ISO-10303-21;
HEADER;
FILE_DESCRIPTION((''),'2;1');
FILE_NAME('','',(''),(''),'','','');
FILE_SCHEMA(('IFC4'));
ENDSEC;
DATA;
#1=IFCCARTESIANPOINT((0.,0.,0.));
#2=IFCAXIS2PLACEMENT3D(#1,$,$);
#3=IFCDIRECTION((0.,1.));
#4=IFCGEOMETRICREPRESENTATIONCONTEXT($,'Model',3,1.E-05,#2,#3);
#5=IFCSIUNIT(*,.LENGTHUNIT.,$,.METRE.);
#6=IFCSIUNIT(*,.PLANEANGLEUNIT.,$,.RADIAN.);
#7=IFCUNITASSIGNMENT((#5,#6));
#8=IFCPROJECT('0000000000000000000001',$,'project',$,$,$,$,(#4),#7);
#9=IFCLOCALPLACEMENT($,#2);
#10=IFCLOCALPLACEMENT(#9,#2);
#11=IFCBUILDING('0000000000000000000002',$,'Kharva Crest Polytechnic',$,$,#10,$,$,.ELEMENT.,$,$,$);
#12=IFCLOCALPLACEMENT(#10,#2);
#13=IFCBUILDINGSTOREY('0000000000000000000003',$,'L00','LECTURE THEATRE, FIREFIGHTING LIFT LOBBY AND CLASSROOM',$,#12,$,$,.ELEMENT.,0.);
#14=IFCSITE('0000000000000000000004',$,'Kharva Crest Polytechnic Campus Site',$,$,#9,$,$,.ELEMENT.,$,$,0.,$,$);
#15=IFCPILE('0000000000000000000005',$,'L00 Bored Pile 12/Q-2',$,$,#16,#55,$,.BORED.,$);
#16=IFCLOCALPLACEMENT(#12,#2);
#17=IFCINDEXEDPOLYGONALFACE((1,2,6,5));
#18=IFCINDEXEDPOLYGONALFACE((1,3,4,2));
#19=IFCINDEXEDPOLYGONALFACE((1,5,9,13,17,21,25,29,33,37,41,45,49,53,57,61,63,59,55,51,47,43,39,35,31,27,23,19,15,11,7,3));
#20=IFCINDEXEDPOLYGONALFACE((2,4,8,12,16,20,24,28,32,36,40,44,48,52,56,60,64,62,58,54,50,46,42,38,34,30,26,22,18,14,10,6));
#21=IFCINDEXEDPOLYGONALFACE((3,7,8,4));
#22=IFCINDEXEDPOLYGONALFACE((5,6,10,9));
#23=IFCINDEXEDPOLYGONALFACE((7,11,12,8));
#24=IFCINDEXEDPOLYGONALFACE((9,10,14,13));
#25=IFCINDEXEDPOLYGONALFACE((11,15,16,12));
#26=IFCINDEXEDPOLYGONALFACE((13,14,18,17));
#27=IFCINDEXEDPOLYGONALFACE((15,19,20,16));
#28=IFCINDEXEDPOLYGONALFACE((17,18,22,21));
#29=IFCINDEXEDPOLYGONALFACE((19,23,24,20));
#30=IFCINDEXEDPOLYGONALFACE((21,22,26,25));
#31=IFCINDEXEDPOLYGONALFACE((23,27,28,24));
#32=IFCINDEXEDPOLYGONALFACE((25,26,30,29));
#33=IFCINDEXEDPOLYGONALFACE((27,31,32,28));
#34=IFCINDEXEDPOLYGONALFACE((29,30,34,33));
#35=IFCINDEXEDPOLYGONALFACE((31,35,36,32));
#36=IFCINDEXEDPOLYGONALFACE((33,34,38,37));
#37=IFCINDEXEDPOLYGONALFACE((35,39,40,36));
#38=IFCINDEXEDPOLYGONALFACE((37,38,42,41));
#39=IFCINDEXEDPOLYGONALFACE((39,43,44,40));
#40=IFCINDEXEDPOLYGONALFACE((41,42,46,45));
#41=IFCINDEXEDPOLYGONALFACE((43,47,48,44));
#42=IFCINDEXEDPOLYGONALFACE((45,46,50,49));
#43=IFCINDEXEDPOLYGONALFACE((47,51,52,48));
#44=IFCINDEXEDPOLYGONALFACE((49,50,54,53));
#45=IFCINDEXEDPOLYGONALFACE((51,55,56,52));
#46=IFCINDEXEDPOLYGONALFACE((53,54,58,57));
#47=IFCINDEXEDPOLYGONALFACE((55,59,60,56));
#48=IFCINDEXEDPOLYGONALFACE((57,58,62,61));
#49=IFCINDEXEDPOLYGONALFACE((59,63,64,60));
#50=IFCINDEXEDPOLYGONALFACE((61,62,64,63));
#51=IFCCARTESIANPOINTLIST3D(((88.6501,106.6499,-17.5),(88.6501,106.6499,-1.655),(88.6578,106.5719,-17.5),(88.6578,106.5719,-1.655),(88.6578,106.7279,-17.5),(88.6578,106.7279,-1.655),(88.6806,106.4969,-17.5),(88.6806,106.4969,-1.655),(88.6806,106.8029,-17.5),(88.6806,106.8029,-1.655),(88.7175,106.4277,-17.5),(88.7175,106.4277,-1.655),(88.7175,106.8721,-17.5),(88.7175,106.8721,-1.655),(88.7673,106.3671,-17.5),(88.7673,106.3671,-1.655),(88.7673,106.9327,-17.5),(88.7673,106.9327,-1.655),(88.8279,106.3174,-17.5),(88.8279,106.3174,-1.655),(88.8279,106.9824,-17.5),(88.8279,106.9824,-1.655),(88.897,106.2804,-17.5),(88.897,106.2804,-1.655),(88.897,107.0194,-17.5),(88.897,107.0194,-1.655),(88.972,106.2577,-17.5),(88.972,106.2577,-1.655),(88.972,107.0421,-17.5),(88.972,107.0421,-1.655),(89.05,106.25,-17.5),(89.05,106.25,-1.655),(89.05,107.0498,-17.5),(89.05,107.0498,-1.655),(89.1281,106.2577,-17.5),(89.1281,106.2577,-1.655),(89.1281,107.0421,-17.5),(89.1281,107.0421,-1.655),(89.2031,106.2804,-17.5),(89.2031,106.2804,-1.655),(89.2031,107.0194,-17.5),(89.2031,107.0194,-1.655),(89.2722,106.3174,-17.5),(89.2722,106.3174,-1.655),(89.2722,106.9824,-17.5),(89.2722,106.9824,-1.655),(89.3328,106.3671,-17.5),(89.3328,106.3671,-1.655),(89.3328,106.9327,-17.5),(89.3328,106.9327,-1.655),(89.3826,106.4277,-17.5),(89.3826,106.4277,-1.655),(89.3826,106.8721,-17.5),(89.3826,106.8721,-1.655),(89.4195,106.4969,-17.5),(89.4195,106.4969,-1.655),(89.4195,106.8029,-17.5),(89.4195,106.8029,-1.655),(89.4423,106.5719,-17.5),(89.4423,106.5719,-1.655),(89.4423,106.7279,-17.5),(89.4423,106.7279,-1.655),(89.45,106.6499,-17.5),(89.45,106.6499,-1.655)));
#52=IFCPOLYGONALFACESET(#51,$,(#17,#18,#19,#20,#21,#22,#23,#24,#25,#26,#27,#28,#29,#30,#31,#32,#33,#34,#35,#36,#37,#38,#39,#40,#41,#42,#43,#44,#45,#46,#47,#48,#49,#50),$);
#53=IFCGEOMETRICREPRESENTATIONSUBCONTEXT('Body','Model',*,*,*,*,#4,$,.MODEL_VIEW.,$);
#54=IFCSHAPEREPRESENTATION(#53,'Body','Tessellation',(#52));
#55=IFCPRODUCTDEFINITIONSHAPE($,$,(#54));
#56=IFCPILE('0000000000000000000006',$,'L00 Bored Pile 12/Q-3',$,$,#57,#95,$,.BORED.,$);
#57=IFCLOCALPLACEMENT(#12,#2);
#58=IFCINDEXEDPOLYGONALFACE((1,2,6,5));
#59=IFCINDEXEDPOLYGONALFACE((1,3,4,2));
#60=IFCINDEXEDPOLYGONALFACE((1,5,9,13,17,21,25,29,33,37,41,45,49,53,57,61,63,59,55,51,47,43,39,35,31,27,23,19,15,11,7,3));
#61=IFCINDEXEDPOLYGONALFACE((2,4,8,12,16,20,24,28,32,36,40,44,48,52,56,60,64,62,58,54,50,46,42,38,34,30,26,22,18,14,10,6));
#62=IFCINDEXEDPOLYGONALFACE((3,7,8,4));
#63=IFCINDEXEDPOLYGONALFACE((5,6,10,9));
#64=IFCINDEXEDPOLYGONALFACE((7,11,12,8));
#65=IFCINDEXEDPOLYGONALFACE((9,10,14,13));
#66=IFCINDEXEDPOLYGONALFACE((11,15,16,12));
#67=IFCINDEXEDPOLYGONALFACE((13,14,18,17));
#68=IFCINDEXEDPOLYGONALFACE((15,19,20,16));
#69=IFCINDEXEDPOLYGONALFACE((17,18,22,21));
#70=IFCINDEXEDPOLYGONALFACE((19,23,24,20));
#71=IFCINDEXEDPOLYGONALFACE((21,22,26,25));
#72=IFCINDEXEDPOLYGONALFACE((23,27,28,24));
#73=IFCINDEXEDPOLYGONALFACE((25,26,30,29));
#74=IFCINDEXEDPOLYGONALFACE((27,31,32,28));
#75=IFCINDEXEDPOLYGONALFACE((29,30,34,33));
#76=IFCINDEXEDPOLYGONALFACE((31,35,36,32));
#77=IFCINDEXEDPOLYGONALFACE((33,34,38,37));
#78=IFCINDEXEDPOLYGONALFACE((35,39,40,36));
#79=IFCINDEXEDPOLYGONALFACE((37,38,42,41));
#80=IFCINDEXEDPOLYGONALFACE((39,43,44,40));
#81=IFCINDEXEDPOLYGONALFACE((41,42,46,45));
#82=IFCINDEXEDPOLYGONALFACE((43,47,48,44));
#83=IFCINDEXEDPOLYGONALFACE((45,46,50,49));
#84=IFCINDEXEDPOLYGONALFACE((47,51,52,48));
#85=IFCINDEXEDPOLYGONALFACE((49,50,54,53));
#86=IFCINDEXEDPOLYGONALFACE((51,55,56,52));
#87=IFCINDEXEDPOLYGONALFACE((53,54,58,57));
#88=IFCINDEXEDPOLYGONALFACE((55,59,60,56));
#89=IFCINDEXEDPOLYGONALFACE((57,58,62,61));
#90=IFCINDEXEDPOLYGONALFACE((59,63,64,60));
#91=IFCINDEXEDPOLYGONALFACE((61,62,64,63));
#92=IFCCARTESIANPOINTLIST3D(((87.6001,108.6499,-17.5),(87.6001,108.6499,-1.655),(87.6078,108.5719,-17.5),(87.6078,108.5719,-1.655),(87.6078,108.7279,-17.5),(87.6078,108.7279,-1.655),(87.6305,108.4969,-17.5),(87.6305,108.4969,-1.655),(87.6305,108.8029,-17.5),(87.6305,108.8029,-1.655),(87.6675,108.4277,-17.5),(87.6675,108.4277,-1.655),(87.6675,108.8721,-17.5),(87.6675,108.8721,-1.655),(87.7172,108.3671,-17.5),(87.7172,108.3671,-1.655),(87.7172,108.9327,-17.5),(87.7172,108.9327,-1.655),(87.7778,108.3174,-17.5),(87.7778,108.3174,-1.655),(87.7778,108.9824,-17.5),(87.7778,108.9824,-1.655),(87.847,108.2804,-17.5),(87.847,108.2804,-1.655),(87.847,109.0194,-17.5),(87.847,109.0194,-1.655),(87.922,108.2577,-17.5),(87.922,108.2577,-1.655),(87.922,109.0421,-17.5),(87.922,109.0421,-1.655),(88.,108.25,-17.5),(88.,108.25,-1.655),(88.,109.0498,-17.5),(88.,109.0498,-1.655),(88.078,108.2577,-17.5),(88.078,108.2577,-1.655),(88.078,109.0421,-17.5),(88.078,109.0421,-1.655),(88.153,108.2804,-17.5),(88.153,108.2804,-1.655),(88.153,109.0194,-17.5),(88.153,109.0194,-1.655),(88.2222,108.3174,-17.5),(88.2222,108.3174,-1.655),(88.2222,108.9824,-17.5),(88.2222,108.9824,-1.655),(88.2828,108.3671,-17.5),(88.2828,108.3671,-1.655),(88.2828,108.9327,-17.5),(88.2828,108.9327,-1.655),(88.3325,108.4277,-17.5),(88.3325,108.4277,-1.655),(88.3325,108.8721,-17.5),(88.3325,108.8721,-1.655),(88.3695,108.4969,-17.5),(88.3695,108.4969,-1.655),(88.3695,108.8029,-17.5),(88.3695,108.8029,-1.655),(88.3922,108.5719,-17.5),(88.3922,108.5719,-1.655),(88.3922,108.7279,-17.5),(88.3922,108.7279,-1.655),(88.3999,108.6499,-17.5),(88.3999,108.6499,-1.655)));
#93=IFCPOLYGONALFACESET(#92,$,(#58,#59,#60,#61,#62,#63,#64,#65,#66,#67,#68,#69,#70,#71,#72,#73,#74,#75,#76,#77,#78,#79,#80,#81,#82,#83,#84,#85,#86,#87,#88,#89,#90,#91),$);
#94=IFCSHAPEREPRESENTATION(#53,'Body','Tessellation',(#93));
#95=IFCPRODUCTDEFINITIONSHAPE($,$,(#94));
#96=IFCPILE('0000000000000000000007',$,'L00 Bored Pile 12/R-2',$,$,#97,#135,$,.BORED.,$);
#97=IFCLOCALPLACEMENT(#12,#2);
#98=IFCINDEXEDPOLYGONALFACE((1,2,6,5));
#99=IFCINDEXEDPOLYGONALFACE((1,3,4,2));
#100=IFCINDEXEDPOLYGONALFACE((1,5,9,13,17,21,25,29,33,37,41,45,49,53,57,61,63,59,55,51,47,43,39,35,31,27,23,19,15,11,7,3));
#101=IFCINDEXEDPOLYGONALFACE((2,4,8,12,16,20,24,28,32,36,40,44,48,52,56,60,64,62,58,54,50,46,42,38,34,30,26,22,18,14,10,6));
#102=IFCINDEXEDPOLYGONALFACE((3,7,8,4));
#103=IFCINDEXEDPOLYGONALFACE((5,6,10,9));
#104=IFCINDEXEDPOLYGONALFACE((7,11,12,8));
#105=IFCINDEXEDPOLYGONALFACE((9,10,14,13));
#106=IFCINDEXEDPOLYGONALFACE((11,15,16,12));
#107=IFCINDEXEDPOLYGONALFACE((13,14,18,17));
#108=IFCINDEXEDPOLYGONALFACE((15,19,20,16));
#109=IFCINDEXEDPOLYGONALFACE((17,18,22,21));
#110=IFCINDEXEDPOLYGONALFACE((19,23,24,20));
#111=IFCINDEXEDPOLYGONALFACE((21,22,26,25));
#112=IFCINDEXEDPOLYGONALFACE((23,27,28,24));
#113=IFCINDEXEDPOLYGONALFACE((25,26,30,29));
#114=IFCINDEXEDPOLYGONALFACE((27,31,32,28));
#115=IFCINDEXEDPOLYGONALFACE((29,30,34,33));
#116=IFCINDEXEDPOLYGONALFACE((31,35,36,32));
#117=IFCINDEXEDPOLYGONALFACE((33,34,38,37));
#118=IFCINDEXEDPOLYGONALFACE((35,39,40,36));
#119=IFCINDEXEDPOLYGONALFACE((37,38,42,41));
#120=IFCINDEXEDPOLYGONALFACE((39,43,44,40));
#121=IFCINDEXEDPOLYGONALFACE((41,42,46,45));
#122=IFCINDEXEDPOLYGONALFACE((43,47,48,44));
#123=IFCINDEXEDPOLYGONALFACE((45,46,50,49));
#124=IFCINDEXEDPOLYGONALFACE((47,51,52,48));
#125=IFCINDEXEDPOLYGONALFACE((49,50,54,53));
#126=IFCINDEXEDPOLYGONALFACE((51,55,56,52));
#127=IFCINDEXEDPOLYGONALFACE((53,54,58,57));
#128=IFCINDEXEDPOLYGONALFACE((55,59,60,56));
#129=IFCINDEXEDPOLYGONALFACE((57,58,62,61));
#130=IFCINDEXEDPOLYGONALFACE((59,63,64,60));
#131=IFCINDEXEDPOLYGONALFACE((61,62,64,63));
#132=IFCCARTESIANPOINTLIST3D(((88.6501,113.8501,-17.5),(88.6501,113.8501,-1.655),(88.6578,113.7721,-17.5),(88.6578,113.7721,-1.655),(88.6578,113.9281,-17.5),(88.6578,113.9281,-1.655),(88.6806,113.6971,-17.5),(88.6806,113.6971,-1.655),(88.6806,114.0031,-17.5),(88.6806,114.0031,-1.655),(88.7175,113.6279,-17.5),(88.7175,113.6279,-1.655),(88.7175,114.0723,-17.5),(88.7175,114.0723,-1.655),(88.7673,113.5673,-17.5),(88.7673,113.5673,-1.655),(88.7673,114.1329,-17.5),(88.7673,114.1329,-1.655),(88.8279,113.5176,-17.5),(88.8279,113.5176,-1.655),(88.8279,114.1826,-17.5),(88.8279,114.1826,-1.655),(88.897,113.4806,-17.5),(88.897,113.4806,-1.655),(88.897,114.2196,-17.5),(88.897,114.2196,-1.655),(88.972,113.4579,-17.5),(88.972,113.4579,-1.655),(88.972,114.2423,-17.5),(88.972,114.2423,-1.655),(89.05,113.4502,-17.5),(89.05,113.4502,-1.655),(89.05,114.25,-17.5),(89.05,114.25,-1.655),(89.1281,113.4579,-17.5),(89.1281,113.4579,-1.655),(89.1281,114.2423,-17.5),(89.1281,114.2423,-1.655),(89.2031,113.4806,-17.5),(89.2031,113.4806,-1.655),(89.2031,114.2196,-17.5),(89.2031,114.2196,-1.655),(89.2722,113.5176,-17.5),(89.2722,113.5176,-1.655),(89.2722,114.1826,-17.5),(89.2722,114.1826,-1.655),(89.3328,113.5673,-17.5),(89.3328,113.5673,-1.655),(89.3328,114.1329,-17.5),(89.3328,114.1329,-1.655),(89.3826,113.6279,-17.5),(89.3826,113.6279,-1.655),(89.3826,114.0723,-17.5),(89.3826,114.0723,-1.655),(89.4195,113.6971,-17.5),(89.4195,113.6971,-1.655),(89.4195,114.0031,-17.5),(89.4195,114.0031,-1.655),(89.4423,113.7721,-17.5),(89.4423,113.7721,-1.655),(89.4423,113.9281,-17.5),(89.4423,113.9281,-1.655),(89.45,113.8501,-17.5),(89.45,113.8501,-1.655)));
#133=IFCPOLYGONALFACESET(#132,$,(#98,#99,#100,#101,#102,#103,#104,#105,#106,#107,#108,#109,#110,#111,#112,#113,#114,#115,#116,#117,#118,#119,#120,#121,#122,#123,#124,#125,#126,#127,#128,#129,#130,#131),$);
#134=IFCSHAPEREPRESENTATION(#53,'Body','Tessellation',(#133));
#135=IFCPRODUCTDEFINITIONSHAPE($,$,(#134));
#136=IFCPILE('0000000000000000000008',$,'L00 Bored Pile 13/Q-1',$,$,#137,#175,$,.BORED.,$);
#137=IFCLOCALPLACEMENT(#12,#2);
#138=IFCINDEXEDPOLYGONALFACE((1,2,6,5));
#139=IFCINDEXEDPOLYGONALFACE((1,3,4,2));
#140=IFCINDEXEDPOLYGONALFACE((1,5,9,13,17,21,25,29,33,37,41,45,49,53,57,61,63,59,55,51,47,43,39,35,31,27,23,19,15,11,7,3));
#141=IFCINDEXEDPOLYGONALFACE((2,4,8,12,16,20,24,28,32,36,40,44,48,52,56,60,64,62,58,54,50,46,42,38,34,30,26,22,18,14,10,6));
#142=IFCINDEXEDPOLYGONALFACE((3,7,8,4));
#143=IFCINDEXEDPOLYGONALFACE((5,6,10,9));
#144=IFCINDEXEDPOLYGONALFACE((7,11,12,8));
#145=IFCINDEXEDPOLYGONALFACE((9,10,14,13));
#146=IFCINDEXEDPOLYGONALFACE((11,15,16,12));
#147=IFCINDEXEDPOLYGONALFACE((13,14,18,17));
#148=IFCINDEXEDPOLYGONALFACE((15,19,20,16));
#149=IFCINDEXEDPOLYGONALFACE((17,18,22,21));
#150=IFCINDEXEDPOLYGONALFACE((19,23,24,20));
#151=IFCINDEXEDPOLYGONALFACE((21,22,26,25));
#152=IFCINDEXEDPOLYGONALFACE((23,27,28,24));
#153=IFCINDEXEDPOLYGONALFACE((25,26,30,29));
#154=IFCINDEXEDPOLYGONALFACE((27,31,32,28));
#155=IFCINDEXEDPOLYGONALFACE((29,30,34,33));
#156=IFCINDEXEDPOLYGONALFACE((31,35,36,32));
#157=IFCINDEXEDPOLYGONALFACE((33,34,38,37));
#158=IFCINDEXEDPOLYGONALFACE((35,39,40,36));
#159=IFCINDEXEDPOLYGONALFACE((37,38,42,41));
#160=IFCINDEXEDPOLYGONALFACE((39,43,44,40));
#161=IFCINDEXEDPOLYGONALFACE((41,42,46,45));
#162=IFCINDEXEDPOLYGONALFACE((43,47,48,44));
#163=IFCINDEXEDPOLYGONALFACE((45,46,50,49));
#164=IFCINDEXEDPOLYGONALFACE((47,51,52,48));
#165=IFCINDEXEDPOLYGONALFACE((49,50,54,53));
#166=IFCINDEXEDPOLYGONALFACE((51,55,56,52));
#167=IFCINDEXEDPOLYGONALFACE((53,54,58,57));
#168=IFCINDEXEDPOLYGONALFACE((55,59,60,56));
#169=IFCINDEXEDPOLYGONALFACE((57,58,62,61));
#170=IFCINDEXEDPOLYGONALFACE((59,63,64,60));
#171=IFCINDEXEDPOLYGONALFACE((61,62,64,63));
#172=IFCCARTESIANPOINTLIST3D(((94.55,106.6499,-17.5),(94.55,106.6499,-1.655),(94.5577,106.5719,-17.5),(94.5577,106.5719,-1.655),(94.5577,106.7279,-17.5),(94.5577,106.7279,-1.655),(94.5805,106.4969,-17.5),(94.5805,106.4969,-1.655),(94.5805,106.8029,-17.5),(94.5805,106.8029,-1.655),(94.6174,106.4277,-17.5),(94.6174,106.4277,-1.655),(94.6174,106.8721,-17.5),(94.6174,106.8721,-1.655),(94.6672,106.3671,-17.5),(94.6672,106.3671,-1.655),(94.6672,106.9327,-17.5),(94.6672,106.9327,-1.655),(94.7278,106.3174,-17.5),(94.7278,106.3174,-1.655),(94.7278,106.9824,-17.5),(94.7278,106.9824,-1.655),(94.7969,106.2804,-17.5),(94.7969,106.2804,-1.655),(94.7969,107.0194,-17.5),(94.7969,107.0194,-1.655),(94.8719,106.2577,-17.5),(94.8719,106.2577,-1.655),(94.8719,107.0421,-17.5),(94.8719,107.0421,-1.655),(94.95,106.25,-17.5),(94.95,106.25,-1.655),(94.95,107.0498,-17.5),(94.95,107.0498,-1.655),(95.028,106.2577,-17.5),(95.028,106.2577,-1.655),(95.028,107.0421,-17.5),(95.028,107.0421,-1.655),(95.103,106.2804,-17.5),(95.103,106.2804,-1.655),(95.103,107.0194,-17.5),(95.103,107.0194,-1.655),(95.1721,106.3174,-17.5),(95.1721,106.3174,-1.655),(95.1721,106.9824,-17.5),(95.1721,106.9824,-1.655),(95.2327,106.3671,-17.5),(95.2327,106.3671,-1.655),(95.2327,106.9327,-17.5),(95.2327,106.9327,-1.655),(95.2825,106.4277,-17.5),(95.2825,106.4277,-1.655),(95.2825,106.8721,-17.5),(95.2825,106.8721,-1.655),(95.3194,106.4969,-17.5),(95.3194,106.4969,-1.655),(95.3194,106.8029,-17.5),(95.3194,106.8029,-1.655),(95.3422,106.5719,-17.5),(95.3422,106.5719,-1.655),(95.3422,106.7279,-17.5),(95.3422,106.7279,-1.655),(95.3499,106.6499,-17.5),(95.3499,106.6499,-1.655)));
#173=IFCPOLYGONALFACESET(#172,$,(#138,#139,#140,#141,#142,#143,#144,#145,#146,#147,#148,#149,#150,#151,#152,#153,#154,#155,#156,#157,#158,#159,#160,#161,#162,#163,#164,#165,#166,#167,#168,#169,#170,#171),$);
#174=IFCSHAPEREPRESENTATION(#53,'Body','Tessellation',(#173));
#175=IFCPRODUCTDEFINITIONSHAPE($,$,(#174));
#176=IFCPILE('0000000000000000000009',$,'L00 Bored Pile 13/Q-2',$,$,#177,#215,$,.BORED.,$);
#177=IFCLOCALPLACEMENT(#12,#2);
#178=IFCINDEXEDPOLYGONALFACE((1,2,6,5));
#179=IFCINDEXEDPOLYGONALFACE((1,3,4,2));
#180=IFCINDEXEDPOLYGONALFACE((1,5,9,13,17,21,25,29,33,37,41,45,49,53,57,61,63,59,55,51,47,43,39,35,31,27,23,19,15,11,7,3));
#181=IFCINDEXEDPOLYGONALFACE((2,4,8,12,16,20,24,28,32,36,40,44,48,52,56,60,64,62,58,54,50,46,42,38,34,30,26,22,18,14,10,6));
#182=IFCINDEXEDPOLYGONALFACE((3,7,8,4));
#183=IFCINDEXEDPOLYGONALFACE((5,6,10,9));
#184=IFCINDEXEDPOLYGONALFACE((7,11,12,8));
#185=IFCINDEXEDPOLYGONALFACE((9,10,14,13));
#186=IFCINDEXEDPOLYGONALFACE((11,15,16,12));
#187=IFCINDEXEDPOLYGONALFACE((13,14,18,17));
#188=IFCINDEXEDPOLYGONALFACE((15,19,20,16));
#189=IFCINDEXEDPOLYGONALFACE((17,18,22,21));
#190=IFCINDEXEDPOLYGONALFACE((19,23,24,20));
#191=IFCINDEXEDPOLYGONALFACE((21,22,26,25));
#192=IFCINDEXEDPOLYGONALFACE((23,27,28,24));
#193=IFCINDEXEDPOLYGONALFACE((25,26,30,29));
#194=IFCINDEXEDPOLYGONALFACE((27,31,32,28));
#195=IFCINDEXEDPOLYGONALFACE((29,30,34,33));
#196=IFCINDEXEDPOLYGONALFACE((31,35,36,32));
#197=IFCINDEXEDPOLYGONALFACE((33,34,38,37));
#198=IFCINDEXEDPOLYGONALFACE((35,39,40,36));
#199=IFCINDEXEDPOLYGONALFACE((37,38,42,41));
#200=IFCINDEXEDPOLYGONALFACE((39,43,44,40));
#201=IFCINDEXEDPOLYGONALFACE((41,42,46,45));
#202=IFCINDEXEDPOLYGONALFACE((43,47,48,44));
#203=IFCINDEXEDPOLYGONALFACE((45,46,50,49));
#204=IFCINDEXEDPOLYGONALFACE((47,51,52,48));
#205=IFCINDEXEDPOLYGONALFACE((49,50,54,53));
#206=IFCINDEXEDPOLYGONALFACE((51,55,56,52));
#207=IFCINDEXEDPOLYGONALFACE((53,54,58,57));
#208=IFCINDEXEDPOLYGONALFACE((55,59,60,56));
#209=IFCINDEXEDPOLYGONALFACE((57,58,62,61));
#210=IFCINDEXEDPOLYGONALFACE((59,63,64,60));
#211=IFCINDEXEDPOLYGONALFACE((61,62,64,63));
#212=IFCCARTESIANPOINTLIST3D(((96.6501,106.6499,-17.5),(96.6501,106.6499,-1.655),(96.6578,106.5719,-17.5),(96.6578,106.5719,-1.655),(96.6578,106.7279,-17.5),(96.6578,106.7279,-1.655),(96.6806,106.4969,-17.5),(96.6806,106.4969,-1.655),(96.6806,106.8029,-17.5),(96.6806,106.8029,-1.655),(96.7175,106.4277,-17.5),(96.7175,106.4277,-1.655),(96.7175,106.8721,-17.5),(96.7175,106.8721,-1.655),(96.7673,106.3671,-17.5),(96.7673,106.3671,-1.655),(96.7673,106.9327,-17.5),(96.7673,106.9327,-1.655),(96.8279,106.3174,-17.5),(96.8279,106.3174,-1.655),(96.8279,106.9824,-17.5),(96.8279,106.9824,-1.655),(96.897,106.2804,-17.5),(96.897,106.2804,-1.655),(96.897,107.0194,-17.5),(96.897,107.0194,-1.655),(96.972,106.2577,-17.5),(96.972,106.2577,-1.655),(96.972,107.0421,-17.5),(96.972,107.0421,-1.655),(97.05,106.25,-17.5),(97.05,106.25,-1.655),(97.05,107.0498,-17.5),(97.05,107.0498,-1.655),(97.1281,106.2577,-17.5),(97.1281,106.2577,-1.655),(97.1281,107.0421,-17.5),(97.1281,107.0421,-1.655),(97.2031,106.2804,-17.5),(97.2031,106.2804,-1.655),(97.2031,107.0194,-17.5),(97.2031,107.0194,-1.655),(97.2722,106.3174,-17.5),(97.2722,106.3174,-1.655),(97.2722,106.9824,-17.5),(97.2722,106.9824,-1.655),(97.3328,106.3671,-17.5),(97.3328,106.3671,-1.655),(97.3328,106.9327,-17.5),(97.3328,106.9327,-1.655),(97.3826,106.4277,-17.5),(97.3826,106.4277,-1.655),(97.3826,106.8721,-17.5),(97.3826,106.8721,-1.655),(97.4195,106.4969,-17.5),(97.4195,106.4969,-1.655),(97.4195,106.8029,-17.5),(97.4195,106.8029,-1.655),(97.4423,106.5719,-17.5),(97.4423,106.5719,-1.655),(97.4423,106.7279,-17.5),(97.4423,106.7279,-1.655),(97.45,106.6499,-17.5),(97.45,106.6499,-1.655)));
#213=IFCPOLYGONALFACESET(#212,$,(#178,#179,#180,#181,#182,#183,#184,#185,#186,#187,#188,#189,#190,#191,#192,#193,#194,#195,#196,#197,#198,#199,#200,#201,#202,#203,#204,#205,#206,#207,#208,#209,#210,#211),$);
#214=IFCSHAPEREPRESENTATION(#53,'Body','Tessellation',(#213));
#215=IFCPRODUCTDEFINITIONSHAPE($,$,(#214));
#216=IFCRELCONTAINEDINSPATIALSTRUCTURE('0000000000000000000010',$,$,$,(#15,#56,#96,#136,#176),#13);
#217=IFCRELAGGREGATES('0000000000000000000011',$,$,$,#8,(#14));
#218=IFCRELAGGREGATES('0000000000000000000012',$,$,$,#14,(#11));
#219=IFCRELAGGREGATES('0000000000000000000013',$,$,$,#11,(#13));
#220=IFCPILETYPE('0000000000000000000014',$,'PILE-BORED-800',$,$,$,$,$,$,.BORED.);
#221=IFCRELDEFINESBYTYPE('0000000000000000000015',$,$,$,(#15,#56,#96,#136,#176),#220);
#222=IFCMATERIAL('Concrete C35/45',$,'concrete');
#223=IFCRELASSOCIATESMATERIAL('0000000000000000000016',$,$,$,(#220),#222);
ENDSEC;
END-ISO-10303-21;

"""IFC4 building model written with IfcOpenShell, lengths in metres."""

from ifc_helpers import new_model, si_unit, direction, frame, origin, origin_2d, place, context, subcontext, project, spatial, circle, extrude, material, material_profile, profile_set, type_object, element, save


model = new_model("IFC4")

# Units and contexts
model_context = context("Model", 3, precision=1e-05, world=origin(), true_north=direction((0.0, 1.0)))
body_context = subcontext(model_context, "Body", "Model", "MODEL_VIEW")
ifc_project = project(units=[si_unit("LENGTHUNIT", "METRE"), si_unit("PLANEANGLEUNIT", "RADIAN")], contexts=[model_context])

# Site, building, storey
site_placement = place(None, origin())
site = spatial("IfcSite", under=ifc_project, at=site_placement, Name="Kharva Crest Polytechnic Campus Site", CompositionType="ELEMENT", RefElevation=0.0)
building_placement = place(site_placement, origin())
building = spatial("IfcBuilding", under=site, at=building_placement, Name="Kharva Crest Polytechnic", CompositionType="ELEMENT")
storey_placement = place(building_placement, origin())
storey = spatial("IfcBuildingStorey", under=building, at=storey_placement, Name="L00", Description="LECTURE THEATRE, FIREFIGHTING LIFT LOBBY AND CLASSROOM", CompositionType="ELEMENT", Elevation=0.0)

# Shared definitions
ifc_material_1 = material(Name="Concrete C35/45", Category="concrete")

# Piles
ifc_material_profile_1 = material_profile(ifc_material_1, circle(Radius=0.3999, at=origin_2d()), Name="DIA 800")
ifc_profile_set_1 = profile_set([ifc_material_profile_1], Name="Concrete C35/45")
pile_type_1 = type_object("IfcPileType", Name="PILE-BORED-800", PredefinedType="BORED", material=ifc_profile_set_1)
for number, where, z_axis, x_axis, name in (
    (1, (89.05, 106.6499, -1.655), (0.0, 0.0, -1.0), (1.0, 0.0, 0.0), "L00 Bored Pile 12/Q-2"),
    (2, (88.0, 108.6499, -1.655), (0.0, 0.0, -1.0), (1.0, 0.0, 0.0), "L00 Bored Pile 12/Q-3"),
    (3, (89.05, 113.8501, -1.655), (0.0, 0.0, -1.0), (1.0, 0.0, 0.0), "L00 Bored Pile 12/R-2"),
    (4, (94.95, 106.6499, -1.655), (0.0, 0.0, -1.0), (1.0, 0.0, 0.0), "L00 Bored Pile 13/Q-1"),
    (5, (97.05, 106.6499, -1.655), (0.0, 0.0, -1.0), (1.0, 0.0, 0.0), "L00 Bored Pile 13/Q-2"),
):
    element("IfcPile", number, at=place(storey_placement, frame(where, z_axis=z_axis, x_axis=x_axis)), inside=storey, type_object=pile_type_1, Name=name, PredefinedType="BORED", context=body_context, shape_type="SweptSolid", body=[
        extrude(circle(Radius=0.3999, at=origin_2d()), origin(), (0.0, 0.0, 1.0), 15.845),
    ])

save(model, "model.ifc")
